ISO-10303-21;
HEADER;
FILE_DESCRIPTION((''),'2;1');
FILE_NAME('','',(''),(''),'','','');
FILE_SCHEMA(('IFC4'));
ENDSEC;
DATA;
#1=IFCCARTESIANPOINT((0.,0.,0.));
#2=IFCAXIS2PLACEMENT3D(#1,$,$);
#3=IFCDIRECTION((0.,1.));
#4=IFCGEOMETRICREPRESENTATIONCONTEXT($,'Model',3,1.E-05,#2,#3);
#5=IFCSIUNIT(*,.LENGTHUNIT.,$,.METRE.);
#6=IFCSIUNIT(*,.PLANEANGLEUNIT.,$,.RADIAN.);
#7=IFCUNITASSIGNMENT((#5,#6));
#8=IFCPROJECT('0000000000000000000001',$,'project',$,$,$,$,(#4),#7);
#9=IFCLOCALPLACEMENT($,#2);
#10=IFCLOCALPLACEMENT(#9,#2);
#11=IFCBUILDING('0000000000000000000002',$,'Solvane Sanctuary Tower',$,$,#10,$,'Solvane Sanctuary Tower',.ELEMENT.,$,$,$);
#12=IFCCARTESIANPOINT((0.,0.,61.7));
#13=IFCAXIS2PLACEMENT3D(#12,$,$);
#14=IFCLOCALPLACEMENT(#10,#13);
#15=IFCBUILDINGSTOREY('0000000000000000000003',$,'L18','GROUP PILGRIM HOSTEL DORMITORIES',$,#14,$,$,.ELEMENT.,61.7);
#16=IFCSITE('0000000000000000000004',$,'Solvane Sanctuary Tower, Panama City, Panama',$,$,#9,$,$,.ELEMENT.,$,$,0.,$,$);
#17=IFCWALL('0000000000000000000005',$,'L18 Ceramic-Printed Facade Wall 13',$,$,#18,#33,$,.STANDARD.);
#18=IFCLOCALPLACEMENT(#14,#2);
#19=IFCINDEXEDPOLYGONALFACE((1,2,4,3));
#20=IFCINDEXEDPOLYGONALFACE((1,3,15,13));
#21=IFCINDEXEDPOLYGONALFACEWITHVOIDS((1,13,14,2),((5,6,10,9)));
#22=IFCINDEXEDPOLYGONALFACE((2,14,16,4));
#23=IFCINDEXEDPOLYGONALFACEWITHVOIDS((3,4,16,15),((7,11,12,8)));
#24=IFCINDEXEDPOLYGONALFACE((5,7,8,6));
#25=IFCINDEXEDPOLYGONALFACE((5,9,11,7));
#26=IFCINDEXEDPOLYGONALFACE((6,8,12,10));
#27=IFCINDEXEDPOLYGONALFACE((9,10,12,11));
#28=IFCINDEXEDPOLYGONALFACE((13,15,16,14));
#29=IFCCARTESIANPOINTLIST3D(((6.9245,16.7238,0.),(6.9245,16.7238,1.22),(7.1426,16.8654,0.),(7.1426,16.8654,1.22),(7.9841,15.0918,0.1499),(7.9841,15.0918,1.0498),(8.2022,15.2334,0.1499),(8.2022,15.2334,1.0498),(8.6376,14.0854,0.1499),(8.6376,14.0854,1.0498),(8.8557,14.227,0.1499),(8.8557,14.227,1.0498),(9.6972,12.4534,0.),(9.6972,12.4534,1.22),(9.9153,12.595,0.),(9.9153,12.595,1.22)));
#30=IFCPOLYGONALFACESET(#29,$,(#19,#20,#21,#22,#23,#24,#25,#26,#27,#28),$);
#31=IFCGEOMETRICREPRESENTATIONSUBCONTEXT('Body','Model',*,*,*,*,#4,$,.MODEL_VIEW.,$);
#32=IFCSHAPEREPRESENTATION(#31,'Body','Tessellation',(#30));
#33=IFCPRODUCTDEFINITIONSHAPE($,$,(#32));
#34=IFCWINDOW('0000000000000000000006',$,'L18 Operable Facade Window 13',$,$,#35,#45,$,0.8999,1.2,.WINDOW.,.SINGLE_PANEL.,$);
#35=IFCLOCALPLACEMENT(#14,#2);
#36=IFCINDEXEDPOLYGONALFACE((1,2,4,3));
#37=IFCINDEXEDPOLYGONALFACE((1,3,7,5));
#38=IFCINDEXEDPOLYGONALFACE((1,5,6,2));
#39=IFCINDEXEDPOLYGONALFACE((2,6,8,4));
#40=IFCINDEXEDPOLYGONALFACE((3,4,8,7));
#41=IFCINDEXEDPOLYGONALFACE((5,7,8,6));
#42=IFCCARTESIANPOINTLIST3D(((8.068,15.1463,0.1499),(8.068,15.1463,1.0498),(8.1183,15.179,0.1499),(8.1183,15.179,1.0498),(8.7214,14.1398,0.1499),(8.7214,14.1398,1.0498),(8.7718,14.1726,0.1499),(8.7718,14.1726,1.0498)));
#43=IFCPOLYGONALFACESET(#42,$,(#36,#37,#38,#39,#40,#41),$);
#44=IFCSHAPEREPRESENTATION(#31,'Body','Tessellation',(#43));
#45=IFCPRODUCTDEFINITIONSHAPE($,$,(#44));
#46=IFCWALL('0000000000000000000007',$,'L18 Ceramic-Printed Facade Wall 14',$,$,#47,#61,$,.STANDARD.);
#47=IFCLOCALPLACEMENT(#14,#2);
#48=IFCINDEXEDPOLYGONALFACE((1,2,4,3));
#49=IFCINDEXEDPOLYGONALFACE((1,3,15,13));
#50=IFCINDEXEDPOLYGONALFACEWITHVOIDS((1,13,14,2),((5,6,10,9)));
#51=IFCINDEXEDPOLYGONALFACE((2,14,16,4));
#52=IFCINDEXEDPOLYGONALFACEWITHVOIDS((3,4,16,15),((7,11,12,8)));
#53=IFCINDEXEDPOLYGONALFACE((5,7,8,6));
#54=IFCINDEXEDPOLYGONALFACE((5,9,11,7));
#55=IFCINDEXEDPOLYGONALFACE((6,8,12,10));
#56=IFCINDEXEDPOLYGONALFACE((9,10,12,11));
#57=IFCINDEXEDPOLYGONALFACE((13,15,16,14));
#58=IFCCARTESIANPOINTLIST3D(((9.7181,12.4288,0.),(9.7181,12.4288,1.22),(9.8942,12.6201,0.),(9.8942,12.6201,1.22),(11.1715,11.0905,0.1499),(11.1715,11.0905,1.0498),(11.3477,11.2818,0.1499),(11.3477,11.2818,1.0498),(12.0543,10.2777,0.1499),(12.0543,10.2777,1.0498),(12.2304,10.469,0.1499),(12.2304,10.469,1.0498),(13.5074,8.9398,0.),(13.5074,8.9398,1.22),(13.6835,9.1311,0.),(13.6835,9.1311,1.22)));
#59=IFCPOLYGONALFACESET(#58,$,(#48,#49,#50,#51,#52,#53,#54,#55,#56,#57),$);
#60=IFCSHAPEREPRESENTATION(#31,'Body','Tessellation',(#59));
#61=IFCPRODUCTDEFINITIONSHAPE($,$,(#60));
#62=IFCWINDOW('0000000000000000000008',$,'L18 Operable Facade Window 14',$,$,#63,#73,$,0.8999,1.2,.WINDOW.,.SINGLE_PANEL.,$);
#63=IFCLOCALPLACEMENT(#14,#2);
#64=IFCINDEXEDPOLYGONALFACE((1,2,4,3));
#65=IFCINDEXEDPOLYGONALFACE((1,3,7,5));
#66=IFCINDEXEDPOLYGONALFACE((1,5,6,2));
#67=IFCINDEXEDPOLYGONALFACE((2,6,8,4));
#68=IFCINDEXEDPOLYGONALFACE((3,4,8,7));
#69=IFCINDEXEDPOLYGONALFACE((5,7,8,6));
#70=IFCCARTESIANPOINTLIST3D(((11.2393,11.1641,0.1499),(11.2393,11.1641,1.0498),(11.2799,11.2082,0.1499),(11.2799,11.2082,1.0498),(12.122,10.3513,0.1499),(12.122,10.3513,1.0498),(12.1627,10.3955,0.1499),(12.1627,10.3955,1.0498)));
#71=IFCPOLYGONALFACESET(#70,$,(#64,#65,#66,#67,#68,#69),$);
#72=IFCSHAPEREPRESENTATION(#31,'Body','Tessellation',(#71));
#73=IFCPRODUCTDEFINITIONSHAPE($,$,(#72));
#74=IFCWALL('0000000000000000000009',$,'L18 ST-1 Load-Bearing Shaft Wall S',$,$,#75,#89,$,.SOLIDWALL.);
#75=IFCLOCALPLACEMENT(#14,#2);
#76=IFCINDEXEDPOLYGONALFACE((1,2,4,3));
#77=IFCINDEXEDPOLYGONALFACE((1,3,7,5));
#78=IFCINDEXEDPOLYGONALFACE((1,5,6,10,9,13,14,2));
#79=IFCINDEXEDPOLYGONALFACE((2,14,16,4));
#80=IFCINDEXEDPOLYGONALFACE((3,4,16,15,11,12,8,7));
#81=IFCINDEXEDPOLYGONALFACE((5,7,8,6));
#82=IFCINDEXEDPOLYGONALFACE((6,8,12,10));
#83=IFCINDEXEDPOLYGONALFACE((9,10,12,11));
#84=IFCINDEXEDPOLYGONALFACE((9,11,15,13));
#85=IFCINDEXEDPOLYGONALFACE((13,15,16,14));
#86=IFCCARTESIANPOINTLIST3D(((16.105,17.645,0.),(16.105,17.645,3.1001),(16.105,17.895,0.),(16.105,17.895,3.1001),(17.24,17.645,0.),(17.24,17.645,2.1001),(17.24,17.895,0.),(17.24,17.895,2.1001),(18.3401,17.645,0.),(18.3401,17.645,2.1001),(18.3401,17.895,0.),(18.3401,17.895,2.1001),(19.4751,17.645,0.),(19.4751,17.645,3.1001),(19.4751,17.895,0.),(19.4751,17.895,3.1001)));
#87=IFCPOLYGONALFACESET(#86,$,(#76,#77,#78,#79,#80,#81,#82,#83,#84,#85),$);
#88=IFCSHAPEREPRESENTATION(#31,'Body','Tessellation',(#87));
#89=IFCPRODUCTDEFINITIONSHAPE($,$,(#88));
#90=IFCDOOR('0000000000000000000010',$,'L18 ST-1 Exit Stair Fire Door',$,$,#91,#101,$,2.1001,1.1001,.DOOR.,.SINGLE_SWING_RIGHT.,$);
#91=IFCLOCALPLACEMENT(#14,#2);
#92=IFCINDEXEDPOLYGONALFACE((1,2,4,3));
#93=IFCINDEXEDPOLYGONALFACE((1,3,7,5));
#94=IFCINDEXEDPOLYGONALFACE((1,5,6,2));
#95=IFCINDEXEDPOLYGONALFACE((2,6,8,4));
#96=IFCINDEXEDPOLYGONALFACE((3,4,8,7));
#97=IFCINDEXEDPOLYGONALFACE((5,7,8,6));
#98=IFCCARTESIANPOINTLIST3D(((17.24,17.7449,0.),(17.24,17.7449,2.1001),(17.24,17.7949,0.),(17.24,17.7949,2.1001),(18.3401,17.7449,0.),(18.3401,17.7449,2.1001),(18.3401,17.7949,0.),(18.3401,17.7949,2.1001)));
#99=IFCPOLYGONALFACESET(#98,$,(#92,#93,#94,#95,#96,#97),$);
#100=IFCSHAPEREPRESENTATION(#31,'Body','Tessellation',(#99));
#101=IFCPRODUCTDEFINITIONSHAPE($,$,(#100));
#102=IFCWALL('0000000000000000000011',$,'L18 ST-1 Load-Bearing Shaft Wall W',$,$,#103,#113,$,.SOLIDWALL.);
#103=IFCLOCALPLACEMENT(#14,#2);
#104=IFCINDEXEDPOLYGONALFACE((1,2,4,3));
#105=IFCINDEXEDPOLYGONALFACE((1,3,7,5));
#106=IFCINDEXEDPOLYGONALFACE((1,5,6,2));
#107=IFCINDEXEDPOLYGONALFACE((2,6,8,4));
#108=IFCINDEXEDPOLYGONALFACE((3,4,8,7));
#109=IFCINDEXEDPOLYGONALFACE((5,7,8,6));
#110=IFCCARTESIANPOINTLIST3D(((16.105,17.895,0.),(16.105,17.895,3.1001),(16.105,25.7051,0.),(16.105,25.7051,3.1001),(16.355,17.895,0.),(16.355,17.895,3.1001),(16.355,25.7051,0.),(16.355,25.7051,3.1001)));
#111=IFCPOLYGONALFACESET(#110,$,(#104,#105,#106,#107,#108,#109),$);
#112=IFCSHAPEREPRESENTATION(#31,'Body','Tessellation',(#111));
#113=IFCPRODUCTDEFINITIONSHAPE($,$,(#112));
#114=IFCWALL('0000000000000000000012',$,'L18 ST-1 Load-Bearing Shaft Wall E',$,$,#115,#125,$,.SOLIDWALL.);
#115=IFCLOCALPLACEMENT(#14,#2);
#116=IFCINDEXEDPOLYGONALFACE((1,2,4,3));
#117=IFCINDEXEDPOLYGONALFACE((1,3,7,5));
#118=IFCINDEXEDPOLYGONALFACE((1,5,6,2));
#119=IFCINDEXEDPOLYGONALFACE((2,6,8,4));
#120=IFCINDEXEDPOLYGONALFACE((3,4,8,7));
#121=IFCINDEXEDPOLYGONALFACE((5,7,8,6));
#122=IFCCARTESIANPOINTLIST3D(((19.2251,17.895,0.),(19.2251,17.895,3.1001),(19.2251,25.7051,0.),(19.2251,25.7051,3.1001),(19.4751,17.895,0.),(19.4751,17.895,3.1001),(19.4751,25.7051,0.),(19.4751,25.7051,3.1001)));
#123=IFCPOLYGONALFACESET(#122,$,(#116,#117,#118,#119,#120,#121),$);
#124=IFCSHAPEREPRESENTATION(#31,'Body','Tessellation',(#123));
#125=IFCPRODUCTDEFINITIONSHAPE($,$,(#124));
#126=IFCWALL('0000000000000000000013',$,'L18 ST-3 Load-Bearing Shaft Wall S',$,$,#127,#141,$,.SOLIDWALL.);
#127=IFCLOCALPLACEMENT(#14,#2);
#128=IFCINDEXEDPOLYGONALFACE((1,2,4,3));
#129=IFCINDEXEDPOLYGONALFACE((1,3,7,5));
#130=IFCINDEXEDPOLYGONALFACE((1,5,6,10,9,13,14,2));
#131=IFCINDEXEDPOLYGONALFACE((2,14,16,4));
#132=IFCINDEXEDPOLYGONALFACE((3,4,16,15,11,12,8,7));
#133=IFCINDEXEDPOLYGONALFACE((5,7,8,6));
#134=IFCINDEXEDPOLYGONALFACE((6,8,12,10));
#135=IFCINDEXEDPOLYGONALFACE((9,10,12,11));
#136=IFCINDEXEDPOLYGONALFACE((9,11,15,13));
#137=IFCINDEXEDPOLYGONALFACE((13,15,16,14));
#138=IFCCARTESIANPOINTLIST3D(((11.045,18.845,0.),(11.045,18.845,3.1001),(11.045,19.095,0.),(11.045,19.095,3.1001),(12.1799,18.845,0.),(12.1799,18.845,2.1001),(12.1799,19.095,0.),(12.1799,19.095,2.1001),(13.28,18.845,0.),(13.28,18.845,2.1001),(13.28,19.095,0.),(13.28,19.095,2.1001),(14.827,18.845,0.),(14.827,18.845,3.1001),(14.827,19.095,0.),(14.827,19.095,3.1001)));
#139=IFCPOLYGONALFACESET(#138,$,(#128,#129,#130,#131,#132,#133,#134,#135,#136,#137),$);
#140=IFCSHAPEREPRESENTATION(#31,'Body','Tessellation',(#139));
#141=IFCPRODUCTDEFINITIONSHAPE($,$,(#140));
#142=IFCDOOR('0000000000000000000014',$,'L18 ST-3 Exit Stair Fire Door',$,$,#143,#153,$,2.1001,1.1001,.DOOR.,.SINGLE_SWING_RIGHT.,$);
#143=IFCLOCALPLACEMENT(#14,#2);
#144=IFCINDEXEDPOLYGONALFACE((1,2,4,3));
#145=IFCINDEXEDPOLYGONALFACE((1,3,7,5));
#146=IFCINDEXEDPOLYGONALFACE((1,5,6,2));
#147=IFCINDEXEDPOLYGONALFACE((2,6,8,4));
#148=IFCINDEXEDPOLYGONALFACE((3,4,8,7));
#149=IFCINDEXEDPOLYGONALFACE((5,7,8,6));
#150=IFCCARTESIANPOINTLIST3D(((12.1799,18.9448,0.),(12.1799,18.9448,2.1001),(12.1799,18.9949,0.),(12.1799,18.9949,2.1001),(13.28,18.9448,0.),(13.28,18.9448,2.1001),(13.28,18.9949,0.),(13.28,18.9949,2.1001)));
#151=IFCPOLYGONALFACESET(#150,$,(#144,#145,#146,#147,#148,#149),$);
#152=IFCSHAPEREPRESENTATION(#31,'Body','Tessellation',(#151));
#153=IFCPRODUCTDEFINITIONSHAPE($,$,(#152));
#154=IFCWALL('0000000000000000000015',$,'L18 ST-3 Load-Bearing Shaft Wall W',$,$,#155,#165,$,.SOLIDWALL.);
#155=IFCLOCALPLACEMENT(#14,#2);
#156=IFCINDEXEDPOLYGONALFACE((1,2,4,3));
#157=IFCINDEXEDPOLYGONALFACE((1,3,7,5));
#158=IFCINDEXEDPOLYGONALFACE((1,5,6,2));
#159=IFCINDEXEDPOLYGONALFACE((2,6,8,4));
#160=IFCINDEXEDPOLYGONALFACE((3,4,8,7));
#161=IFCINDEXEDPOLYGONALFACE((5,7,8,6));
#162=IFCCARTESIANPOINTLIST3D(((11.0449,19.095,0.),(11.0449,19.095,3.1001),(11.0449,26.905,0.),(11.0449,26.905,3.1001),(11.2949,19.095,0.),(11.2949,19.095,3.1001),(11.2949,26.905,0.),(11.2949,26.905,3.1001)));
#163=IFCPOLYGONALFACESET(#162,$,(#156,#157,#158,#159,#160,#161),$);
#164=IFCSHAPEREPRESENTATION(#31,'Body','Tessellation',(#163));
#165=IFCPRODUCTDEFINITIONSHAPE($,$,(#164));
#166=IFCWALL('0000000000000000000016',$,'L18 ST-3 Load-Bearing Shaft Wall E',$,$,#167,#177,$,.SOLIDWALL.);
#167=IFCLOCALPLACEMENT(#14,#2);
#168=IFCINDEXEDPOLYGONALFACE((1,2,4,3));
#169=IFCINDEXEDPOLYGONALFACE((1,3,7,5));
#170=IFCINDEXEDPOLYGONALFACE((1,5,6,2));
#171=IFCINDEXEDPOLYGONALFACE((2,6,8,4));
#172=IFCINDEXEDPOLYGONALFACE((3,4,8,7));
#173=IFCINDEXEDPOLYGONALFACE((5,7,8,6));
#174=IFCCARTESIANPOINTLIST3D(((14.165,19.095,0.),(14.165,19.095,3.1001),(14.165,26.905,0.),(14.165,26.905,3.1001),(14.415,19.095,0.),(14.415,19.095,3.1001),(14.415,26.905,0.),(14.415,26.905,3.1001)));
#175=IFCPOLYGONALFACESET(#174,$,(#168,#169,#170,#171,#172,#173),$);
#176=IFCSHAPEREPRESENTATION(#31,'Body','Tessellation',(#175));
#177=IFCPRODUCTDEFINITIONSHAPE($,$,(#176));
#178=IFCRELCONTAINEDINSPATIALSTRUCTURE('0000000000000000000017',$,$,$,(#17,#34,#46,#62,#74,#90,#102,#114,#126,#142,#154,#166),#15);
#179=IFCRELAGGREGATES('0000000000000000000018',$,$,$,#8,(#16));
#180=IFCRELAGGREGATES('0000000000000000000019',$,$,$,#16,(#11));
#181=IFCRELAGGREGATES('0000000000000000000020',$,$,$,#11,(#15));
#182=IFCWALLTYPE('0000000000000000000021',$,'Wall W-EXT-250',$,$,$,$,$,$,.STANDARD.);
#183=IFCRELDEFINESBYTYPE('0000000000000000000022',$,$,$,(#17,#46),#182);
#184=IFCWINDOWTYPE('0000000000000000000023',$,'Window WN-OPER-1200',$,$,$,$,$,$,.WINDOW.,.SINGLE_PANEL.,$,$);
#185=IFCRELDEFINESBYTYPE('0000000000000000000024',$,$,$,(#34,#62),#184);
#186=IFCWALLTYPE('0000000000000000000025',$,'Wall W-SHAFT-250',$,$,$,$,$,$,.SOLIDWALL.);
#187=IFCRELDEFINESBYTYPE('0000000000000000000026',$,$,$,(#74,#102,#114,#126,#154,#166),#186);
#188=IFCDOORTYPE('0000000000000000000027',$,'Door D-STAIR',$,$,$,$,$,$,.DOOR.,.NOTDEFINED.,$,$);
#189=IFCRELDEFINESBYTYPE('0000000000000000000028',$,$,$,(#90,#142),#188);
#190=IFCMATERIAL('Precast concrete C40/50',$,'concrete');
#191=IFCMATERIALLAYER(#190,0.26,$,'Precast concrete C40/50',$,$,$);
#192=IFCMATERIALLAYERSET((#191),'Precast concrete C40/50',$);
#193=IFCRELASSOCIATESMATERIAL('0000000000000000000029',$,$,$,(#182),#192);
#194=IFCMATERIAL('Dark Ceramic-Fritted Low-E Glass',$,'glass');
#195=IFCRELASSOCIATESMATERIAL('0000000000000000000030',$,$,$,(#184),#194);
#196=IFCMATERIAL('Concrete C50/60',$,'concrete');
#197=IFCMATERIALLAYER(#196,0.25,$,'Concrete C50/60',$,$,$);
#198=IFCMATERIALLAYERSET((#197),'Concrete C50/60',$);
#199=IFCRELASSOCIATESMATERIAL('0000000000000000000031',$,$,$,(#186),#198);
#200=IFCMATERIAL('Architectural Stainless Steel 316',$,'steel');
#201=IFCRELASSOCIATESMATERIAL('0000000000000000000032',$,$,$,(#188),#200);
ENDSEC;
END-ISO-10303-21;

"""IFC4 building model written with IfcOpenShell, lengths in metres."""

from ifc_helpers import new_model, si_unit, direction, frame, frame_2d, origin, place, context, subcontext, project, spatial, rectangle, extrude, material, layer, layer_set, type_object, element, fill, save


model = new_model("IFC4")

# Units and contexts
model_context = context("Model", 3, precision=1e-05, world=origin(), true_north=direction((0.0, 1.0)))
body_context = subcontext(model_context, "Body", "Model", "MODEL_VIEW")
ifc_project = project(units=[si_unit("LENGTHUNIT", "METRE"), si_unit("PLANEANGLEUNIT", "RADIAN")], contexts=[model_context])

# Site, building, storey
site_placement = place(None, origin())
site = spatial("IfcSite", under=ifc_project, at=site_placement, Name="Solvane Sanctuary Tower, Panama City, Panama", CompositionType="ELEMENT", RefElevation=0.0)
building_placement = place(site_placement, origin())
building = spatial("IfcBuilding", under=site, at=building_placement, Name="Solvane Sanctuary Tower", LongName="Solvane Sanctuary Tower", CompositionType="ELEMENT")
storey_placement = place(building_placement, frame((0.0, 0.0, 61.7)))
storey = spatial("IfcBuildingStorey", under=building, at=storey_placement, Name="L18", Description="GROUP PILGRIM HOSTEL DORMITORIES", CompositionType="ELEMENT", Elevation=61.7)

# Walls, openings, windows
ifc_material_1 = material(Name="Precast concrete C40/50", Category="concrete")
ifc_layer_1 = layer(ifc_material_1, 0.26, Name="Precast concrete C40/50")
ifc_layer_set_1 = layer_set([ifc_layer_1], Name="Precast concrete C40/50")
wall_type_1 = type_object("IfcWallType", Name="Wall W-EXT-250", PredefinedType="STANDARD", material=ifc_layer_set_1)
wall_1_placement = place(storey_placement, frame((7.0334, 16.7947, 0.0), z_axis=(0.0, 0.0, 1.0), x_axis=(0.544579, -0.83871, 0.0)))
wall_1 = element("IfcWall", 1, at=wall_1_placement, inside=storey, type_object=wall_type_1, Name="L18 Ceramic-Printed Facade Wall 13", PredefinedType="STANDARD", context=body_context, shape_type="SweptSolid", body=[
    extrude(rectangle(XDim=5.0916, YDim=0.26, at=frame_2d((2.5459, 0.0))), origin(), (0.0, 0.0, 1.0), 1.22),
])
opening_1_placement = place(wall_1_placement, frame((1.9458, 0.0, 0.1499)))
opening_1 = element("IfcOpeningElement", 2, at=opening_1_placement, cuts=wall_1, PredefinedType="OPENING", context=body_context, shape_type="SweptSolid", body=[
    extrude(rectangle(XDim=1.2, YDim=0.8999, at=frame_2d((0.6001, 0.45))), frame((0.0, 0.1399, 0.0), z_axis=(0.0, -1.0, 0.0), x_axis=(1.0, 0.0, 0.0)), (0.0, 0.0, 1.0), 0.28),
])
ifc_material_2 = material(Name="Dark Ceramic-Fritted Low-E Glass", Category="glass")
window_type = type_object("IfcWindowType", Name="Window WN-OPER-1200", PartitioningType="SINGLE_PANEL", PredefinedType="WINDOW", material=ifc_material_2)
window_1_placement = place(opening_1_placement, origin())
window_1 = element("IfcWindow", 3, at=window_1_placement, inside=storey, type_object=window_type, Name="L18 Operable Facade Window 13", OverallHeight=0.8999, OverallWidth=1.2, PartitioningType="SINGLE_PANEL", PredefinedType="WINDOW", context=body_context, shape_type="SweptSolid", body=[
    extrude(rectangle(XDim=1.2, YDim=0.8999, at=frame_2d((0.6001, 0.45))), frame((0.0, 0.03, 0.0), z_axis=(0.0, -1.0, 0.0), x_axis=(1.0, 0.0, 0.0)), (0.0, 0.0, 1.0), 0.0601),
])
fill(opening_1, window_1)
wall_2_placement = place(storey_placement, frame((9.8062, 12.5244, 0.0), z_axis=(0.0, 0.0, 1.0), x_axis=(0.735655, -0.677356, 0.0)))
wall_2 = element("IfcWall", 4, at=wall_2_placement, inside=storey, type_object=wall_type_1, Name="L18 Ceramic-Printed Facade Wall 14", PredefinedType="STANDARD", context=body_context, shape_type="SweptSolid", body=[
    extrude(rectangle(XDim=5.1509, YDim=0.26, at=frame_2d((2.5754, 0.0))), origin(), (0.0, 0.0, 1.0), 1.22),
])
opening_2_placement = place(wall_2_placement, frame((1.9756, 0.0, 0.1499)))
opening_2 = element("IfcOpeningElement", 5, at=opening_2_placement, cuts=wall_2, PredefinedType="OPENING", context=body_context, shape_type="SweptSolid", body=[
    extrude(rectangle(XDim=1.2, YDim=0.8999, at=frame_2d((0.6001, 0.45))), frame((0.0, 0.1399, 0.0), z_axis=(0.0, -1.0, 0.0), x_axis=(1.0, 0.0, 0.0)), (0.0, 0.0, 1.0), 0.28),
])
window_2_placement = place(opening_2_placement, origin())
window_2 = element("IfcWindow", 6, at=window_2_placement, inside=storey, type_object=window_type, Name="L18 Operable Facade Window 14", OverallHeight=0.8999, OverallWidth=1.2, PartitioningType="SINGLE_PANEL", PredefinedType="WINDOW", context=body_context, shape_type="SweptSolid", body=[
    extrude(rectangle(XDim=1.2, YDim=0.8999, at=frame_2d((0.6001, 0.45))), frame((0.0, 0.03, 0.0), z_axis=(0.0, -1.0, 0.0), x_axis=(1.0, 0.0, 0.0)), (0.0, 0.0, 1.0), 0.0601),
])
fill(opening_2, window_2)

# Wall, opening, door
ifc_material_3 = material(Name="Concrete C50/60", Category="concrete")
ifc_layer_2 = layer(ifc_material_3, 0.25, Name="Concrete C50/60")
ifc_layer_set_2 = layer_set([ifc_layer_2], Name="Concrete C50/60")
wall_type_2 = type_object("IfcWallType", Name="Wall W-SHAFT-250", PredefinedType="SOLIDWALL", material=ifc_layer_set_2)
wall_3_placement = place(storey_placement, frame((16.105, 17.77, 0.0), z_axis=(0.0, 0.0, 1.0), x_axis=(1.0, 0.0, 0.0)))
wall_3 = element("IfcWall", 7, at=wall_3_placement, inside=storey, type_object=wall_type_2, Name="L18 ST-1 Load-Bearing Shaft Wall S", PredefinedType="SOLIDWALL", context=body_context, shape_type="SweptSolid", body=[
    extrude(rectangle(XDim=3.3701, YDim=0.25, at=frame_2d((1.6851, 0.0))), origin(), (0.0, 0.0, 1.0), 3.1001),
])
opening_3_placement = place(wall_3_placement, frame((1.135, 0.0, 0.0)))
opening_3 = element("IfcOpeningElement", 8, at=opening_3_placement, cuts=wall_3, PredefinedType="OPENING", context=body_context, shape_type="SweptSolid", body=[
    extrude(rectangle(XDim=1.1001, YDim=2.1001, at=frame_2d((0.55, 1.05))), frame((0.0, 0.135, 0.0), z_axis=(0.0, -1.0, 0.0), x_axis=(1.0, 0.0, 0.0)), (0.0, 0.0, 1.0), 0.27),
])
ifc_material_4 = material(Name="Architectural Stainless Steel 316", Category="steel")
door_type_1 = type_object("IfcDoorType", Name="Door D-STAIR", OperationType="NOTDEFINED", PredefinedType="DOOR", material=ifc_material_4)
door_1_placement = place(opening_3_placement, origin())
door_1 = element("IfcDoor", 9, at=door_1_placement, inside=storey, type_object=door_type_1, Name="L18 ST-1 Exit Stair Fire Door", OperationType="SINGLE_SWING_RIGHT", OverallHeight=2.1001, OverallWidth=1.1001, PredefinedType="DOOR", context=body_context, shape_type="SweptSolid", body=[
    extrude(rectangle(XDim=1.1001, YDim=2.1001, at=frame_2d((0.55, 1.05))), frame((0.0, 0.0249, 0.0), z_axis=(0.0, -1.0, 0.0), x_axis=(1.0, 0.0, 0.0)), (0.0, 0.0, 1.0), 0.05),
])
fill(opening_3, door_1)

# Walls
for number, where, z_axis, x_axis, name in (
    (10, (16.23, 17.895, 0.0), (0.0, 0.0, 1.0), (0.0, 1.0, 0.0), "L18 ST-1 Load-Bearing Shaft Wall W"),
    (11, (19.3501, 17.895, 0.0), (0.0, 0.0, 1.0), (0.0, 1.0, 0.0), "L18 ST-1 Load-Bearing Shaft Wall E"),
):
    element("IfcWall", number, at=place(storey_placement, frame(where, z_axis=z_axis, x_axis=x_axis)), inside=storey, type_object=wall_type_2, Name=name, PredefinedType="SOLIDWALL", context=body_context, shape_type="SweptSolid", body=[
        extrude(rectangle(XDim=7.8101, YDim=0.25, at=frame_2d((3.905, 0.0))), origin(), (0.0, 0.0, 1.0), 3.1001),
    ])

# Wall, opening, door
wall_4_placement = place(storey_placement, frame((11.0449, 18.97, 0.0), z_axis=(0.0, 0.0, 1.0), x_axis=(1.0, 0.0, 0.0)))
wall_4 = element("IfcWall", 12, at=wall_4_placement, inside=storey, type_object=wall_type_2, Name="L18 ST-3 Load-Bearing Shaft Wall S", PredefinedType="SOLIDWALL", context=body_context, shape_type="SweptSolid", body=[
    extrude(rectangle(XDim=3.782, YDim=0.25, at=frame_2d((1.8911, 0.0))), origin(), (0.0, 0.0, 1.0), 3.1001),
])
opening_4_placement = place(wall_4_placement, frame((1.135, 0.0, 0.0)))
opening_4 = element("IfcOpeningElement", 13, at=opening_4_placement, cuts=wall_4, PredefinedType="OPENING", context=body_context, shape_type="SweptSolid", body=[
    extrude(rectangle(XDim=1.1001, YDim=2.1001, at=frame_2d((0.55, 1.05))), frame((0.0, 0.135, 0.0), z_axis=(0.0, -1.0, 0.0), x_axis=(1.0, 0.0, 0.0)), (0.0, 0.0, 1.0), 0.27),
])
door_2_placement = place(opening_4_placement, origin())
door_2 = element("IfcDoor", 14, at=door_2_placement, inside=storey, type_object=door_type_1, Name="L18 ST-3 Exit Stair Fire Door", OperationType="SINGLE_SWING_RIGHT", OverallHeight=2.1001, OverallWidth=1.1001, PredefinedType="DOOR", context=body_context, shape_type="SweptSolid", body=[
    extrude(rectangle(XDim=1.1001, YDim=2.1001, at=frame_2d((0.55, 1.05))), frame((0.0, 0.0249, 0.0), z_axis=(0.0, -1.0, 0.0), x_axis=(1.0, 0.0, 0.0)), (0.0, 0.0, 1.0), 0.05),
])
fill(opening_4, door_2)

# Walls
for number, where, z_axis, x_axis, name in (
    (15, (11.1699, 19.095, 0.0), (0.0, 0.0, 1.0), (0.0, 1.0, 0.0), "L18 ST-3 Load-Bearing Shaft Wall W"),
    (16, (14.29, 19.095, 0.0), (0.0, 0.0, 1.0), (0.0, 1.0, 0.0), "L18 ST-3 Load-Bearing Shaft Wall E"),
):
    element("IfcWall", number, at=place(storey_placement, frame(where, z_axis=z_axis, x_axis=x_axis)), inside=storey, type_object=wall_type_2, Name=name, PredefinedType="SOLIDWALL", context=body_context, shape_type="SweptSolid", body=[
        extrude(rectangle(XDim=7.8101, YDim=0.25, at=frame_2d((3.905, 0.0))), origin(), (0.0, 0.0, 1.0), 3.1001),
    ])

save(model, "model.ifc")
